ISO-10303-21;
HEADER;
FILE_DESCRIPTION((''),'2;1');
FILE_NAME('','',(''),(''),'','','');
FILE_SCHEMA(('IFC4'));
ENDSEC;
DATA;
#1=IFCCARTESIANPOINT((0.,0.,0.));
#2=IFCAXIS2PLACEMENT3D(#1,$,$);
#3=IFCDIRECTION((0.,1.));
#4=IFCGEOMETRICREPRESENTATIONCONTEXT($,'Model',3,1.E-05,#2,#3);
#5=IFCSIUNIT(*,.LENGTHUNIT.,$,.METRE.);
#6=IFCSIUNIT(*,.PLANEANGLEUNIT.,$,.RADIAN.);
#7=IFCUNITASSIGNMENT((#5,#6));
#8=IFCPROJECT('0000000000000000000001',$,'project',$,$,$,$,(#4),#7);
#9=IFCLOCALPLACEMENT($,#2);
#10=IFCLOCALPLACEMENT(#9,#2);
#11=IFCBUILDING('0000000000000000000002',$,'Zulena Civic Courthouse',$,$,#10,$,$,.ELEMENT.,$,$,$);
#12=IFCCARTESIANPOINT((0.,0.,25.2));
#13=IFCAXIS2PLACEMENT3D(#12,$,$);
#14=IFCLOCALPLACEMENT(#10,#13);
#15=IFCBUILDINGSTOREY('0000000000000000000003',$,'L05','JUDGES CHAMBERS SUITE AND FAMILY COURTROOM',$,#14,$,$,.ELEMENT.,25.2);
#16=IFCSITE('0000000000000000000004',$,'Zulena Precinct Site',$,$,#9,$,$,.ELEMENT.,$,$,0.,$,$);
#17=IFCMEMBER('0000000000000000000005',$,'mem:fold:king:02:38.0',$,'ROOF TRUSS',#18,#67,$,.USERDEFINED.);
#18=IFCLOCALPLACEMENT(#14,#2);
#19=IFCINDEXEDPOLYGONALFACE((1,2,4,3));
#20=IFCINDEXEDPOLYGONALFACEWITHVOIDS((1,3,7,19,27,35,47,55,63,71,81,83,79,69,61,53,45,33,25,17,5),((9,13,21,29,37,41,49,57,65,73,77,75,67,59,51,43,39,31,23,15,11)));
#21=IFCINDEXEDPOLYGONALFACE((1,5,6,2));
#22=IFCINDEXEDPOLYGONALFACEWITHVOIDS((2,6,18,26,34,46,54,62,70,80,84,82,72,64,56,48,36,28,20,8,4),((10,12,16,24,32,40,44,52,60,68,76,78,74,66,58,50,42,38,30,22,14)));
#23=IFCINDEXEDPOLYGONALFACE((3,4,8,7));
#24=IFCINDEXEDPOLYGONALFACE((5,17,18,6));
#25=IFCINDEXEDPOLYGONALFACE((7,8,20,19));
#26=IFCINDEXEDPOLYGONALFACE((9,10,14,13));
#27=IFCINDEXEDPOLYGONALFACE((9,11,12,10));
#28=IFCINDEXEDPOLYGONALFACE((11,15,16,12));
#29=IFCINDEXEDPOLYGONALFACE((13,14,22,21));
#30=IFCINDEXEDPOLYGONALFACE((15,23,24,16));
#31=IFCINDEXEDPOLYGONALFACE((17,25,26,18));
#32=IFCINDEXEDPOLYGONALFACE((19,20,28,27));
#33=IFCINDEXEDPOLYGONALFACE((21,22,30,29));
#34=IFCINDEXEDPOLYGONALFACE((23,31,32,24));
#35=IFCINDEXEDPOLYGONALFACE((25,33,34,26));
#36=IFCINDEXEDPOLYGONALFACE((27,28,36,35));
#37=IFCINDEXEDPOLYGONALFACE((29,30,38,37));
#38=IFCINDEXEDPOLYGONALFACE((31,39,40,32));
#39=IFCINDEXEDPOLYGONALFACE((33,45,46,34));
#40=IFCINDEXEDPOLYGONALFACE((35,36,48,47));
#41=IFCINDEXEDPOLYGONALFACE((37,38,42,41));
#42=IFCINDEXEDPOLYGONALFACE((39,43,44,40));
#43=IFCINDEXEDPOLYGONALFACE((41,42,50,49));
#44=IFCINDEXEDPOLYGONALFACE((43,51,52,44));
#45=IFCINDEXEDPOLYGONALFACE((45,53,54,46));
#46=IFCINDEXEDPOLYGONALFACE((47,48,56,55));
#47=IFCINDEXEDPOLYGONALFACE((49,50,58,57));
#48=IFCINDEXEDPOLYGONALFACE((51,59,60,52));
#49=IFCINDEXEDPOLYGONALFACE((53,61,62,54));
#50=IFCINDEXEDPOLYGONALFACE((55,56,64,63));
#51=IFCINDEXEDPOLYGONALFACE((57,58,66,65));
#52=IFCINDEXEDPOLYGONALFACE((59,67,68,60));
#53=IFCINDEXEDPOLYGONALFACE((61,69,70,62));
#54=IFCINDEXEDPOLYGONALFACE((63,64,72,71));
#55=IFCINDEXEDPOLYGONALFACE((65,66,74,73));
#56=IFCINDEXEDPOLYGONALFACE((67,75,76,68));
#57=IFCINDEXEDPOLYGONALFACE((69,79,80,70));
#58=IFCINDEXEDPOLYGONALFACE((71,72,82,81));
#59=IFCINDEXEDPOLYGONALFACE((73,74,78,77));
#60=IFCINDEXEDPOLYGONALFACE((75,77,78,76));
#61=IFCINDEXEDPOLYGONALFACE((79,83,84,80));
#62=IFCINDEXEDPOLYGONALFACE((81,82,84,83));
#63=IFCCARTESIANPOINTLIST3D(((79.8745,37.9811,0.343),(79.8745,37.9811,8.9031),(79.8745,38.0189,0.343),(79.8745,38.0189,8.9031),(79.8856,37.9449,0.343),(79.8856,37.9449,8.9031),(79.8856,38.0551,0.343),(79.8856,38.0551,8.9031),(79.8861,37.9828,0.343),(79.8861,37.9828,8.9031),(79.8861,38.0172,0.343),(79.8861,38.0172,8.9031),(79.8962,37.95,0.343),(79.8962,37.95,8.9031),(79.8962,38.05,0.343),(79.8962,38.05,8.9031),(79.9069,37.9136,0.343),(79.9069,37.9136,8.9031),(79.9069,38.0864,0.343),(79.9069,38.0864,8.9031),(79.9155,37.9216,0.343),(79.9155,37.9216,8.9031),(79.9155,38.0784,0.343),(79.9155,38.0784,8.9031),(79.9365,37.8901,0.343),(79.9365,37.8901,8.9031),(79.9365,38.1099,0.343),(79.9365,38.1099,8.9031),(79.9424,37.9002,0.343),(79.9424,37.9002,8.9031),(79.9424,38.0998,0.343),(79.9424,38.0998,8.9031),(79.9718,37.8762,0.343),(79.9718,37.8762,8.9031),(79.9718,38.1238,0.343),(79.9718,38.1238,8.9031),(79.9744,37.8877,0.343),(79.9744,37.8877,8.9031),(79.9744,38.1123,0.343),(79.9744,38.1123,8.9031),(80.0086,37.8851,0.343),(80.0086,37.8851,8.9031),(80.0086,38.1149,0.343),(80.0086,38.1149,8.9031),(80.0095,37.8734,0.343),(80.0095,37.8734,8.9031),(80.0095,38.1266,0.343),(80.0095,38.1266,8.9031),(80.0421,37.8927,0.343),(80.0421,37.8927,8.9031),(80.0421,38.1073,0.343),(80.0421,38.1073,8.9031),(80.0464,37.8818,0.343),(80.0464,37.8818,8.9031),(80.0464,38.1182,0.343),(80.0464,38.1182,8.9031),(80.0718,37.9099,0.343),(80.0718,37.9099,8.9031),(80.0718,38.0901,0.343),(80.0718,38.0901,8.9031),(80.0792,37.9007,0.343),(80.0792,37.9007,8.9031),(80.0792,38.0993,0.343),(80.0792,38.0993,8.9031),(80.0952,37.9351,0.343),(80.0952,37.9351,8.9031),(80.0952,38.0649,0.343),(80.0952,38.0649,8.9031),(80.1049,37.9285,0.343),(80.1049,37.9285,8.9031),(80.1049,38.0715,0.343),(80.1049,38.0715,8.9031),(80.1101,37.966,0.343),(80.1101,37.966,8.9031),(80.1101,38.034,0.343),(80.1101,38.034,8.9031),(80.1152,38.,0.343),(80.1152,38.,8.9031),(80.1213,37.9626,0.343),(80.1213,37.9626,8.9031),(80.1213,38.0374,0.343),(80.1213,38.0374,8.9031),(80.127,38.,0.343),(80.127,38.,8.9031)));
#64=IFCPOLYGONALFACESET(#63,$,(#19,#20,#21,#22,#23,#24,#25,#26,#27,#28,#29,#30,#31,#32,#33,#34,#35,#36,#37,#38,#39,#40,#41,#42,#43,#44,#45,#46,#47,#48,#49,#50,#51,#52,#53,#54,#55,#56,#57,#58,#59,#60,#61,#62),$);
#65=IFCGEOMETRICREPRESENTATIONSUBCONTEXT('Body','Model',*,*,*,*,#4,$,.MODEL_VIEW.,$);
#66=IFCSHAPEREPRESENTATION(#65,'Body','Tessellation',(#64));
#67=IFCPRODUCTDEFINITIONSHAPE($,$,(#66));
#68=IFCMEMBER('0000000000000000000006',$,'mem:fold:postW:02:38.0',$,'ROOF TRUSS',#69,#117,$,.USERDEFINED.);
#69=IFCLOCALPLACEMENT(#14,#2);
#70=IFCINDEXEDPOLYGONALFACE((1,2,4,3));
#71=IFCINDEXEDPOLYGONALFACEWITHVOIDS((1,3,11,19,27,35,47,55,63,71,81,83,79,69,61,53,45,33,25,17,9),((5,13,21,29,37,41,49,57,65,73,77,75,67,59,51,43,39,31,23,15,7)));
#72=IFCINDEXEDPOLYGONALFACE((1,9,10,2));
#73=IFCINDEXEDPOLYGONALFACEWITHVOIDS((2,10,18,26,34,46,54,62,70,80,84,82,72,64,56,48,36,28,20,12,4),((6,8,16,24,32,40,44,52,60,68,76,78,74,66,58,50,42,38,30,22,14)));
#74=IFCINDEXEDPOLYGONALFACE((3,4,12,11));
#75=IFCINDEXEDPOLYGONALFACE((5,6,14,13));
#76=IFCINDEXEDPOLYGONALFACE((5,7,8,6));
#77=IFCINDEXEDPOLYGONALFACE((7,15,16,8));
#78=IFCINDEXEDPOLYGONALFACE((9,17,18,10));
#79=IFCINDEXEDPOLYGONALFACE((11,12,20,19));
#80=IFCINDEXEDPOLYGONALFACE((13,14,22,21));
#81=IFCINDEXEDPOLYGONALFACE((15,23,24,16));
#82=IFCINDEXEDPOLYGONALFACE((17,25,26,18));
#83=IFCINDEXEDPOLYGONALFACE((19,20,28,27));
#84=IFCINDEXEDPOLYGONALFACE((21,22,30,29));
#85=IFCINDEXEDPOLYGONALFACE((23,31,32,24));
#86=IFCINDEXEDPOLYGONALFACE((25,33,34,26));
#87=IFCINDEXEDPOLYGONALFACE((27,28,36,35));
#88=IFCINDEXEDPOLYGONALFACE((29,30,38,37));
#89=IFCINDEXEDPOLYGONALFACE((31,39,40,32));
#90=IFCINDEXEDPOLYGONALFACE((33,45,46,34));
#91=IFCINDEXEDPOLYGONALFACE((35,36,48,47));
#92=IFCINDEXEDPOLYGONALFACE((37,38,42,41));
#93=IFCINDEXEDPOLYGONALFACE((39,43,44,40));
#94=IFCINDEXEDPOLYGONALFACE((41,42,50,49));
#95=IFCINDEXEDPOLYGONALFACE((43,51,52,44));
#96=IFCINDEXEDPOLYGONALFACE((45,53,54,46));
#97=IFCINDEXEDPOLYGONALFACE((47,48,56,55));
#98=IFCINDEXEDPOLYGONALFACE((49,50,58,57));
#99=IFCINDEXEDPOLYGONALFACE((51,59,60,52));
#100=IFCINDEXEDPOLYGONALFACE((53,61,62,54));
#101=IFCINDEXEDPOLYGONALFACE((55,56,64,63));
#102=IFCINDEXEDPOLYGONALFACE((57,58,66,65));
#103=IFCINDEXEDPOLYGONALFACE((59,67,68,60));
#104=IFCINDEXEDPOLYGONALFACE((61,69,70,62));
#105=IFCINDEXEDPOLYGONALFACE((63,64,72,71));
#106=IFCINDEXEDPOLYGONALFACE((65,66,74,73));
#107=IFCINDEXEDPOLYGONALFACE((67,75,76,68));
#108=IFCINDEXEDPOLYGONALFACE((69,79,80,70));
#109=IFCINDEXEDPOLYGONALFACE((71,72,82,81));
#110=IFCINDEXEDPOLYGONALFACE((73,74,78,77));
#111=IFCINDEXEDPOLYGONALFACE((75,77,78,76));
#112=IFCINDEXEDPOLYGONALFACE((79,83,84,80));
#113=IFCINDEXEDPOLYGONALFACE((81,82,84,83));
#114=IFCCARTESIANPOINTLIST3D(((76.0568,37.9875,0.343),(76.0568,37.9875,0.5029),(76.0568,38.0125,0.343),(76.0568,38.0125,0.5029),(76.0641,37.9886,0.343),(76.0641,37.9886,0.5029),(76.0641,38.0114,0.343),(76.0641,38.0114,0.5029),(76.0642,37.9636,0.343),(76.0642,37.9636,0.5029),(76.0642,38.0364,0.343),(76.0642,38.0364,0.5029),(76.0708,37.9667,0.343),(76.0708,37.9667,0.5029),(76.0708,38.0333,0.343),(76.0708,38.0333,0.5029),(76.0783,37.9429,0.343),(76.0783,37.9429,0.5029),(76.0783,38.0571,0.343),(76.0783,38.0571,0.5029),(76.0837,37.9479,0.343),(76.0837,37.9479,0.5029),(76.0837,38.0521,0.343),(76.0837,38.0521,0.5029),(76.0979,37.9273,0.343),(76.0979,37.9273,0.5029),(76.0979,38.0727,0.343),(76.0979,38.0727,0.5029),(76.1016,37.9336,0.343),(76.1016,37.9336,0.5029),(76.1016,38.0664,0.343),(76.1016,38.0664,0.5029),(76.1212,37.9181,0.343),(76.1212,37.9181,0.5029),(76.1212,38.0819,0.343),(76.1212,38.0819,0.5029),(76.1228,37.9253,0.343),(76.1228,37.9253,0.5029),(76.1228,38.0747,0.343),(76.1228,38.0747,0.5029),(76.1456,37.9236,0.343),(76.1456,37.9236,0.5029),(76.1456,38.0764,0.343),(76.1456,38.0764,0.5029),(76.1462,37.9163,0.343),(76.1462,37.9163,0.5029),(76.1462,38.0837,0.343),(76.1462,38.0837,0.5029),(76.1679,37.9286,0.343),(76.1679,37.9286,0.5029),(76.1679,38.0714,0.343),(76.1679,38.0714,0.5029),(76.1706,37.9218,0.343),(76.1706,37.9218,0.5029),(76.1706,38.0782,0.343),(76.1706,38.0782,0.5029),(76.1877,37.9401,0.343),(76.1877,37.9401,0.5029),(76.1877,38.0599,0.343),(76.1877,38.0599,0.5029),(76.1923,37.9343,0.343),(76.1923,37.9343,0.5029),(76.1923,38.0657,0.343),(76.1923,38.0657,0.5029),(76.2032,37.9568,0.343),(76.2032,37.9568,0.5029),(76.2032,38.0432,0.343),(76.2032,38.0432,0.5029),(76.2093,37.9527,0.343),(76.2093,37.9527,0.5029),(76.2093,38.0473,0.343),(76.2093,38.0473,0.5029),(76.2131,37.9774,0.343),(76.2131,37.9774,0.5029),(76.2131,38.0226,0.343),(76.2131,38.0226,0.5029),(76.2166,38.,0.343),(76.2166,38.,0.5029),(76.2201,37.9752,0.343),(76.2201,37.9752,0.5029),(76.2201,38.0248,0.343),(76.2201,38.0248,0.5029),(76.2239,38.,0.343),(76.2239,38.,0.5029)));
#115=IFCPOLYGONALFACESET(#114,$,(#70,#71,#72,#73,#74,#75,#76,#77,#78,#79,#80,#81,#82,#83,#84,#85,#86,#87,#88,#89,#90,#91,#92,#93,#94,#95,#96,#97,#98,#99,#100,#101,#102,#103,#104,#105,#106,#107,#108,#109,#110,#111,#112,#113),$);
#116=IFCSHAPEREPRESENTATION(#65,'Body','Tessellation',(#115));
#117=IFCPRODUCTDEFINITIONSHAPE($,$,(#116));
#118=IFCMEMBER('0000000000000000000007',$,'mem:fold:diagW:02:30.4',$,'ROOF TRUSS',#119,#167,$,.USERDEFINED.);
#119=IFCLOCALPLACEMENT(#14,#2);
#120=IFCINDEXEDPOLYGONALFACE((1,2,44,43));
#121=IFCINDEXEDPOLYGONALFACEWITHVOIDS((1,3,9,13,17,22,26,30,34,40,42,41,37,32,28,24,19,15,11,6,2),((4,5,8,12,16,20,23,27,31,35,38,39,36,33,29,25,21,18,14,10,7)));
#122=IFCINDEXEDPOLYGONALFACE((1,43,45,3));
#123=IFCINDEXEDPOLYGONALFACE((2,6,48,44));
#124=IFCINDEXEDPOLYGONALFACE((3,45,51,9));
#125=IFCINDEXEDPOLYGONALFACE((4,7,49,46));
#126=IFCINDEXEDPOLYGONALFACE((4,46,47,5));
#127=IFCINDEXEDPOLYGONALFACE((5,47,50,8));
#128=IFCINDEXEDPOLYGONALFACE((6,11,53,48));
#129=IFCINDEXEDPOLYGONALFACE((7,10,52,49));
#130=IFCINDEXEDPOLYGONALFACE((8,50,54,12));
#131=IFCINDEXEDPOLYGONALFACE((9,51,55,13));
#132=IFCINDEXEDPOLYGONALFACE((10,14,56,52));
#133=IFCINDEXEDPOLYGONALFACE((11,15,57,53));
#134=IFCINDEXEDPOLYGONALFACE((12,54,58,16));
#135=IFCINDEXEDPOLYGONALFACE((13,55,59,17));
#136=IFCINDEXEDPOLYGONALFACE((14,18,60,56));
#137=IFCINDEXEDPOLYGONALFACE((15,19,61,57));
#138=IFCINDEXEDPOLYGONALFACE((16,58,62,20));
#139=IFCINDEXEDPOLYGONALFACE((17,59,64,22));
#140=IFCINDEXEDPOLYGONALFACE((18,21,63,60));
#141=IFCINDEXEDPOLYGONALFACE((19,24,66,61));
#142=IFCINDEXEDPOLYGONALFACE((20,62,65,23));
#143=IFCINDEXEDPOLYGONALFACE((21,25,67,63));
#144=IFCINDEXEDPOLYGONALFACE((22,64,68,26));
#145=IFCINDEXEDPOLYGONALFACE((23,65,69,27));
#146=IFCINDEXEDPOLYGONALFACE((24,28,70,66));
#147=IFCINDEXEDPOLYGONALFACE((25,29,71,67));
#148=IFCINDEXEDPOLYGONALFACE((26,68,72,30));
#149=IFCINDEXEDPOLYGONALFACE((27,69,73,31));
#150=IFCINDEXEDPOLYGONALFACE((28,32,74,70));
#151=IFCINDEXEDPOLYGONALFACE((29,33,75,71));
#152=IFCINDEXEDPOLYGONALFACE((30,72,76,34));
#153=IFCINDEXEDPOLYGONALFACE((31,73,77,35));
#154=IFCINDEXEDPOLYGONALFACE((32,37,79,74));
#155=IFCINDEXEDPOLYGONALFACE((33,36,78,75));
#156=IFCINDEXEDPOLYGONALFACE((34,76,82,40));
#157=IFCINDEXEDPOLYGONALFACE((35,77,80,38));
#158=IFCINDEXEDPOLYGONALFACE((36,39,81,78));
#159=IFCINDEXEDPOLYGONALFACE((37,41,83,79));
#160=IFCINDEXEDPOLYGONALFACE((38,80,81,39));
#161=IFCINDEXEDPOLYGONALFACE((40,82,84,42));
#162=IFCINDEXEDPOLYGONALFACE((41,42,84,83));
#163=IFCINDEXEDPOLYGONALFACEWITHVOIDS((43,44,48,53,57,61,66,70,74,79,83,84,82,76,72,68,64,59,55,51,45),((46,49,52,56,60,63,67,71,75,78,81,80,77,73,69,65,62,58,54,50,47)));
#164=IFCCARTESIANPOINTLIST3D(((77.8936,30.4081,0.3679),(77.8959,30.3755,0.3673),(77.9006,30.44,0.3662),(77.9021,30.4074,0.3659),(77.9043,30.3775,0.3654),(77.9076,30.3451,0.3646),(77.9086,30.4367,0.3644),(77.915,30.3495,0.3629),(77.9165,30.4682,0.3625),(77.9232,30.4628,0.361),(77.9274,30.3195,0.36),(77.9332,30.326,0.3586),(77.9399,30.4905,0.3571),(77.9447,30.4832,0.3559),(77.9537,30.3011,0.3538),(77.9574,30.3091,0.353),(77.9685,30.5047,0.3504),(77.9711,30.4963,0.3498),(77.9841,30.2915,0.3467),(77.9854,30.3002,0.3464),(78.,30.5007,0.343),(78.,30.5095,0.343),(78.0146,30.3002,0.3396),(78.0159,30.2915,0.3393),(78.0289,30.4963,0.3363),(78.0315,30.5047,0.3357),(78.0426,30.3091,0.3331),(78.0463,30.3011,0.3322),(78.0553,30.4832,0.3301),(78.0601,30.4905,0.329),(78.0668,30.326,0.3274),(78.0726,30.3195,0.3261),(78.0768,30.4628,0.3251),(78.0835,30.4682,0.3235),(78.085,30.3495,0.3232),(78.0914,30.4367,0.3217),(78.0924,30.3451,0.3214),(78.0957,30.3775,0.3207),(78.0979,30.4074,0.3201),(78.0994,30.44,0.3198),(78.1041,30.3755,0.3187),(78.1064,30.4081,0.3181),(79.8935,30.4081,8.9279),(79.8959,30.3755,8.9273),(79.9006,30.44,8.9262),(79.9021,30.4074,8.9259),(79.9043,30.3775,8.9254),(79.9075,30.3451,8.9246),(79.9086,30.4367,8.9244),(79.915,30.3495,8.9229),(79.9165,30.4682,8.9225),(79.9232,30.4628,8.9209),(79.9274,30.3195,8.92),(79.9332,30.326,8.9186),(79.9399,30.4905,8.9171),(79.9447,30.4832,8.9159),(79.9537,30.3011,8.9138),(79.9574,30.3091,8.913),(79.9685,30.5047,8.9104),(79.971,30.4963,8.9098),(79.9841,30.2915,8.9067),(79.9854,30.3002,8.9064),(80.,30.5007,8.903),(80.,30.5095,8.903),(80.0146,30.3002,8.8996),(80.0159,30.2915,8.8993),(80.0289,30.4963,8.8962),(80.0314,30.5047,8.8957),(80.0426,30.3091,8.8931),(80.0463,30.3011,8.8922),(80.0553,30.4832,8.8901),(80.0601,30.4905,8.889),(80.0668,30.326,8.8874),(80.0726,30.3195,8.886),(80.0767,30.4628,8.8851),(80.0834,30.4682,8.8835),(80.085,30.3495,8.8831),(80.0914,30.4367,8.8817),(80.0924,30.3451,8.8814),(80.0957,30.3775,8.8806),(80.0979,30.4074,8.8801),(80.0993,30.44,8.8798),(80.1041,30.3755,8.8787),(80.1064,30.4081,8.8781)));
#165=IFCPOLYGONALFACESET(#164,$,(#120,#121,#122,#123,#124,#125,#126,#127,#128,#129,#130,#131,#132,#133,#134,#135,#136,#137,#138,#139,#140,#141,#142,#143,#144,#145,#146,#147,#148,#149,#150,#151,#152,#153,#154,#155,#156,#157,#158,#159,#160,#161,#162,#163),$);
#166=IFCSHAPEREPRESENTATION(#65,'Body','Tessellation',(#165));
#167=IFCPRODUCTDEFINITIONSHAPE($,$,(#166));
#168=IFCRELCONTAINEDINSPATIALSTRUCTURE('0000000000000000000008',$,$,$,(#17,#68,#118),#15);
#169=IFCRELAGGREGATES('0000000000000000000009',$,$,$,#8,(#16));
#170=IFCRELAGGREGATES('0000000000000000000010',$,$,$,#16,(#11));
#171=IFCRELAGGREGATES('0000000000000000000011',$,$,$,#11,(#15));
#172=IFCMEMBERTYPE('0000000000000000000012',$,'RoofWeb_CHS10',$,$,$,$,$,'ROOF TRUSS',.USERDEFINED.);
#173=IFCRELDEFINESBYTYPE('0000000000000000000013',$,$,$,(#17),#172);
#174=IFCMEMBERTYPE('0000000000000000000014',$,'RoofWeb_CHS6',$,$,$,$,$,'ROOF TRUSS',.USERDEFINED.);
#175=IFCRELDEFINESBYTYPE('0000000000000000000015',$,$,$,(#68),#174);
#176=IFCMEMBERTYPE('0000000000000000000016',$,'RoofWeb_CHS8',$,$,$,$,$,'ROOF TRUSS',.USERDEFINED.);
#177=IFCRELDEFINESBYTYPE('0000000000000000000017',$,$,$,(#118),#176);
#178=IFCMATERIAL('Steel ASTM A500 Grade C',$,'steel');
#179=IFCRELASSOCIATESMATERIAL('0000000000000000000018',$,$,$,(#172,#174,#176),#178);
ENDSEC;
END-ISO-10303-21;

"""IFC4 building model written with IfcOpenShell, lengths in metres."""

from ifc_helpers import new_model, si_unit, direction, frame, origin, origin_2d, place, context, subcontext, project, spatial, hollow_circle, extrude, material, material_profile, profile_set, type_object, element, save


model = new_model("IFC4")

# Units and contexts
model_context = context("Model", 3, precision=1e-05, world=origin(), true_north=direction((0.0, 1.0)))
body_context = subcontext(model_context, "Body", "Model", "MODEL_VIEW")
ifc_project = project(units=[si_unit("LENGTHUNIT", "METRE"), si_unit("PLANEANGLEUNIT", "RADIAN")], contexts=[model_context])

# Site, building, storey
site_placement = place(None, origin())
site = spatial("IfcSite", under=ifc_project, at=site_placement, Name="Zulena Precinct Site", CompositionType="ELEMENT", RefElevation=0.0)
building_placement = place(site_placement, origin())
building = spatial("IfcBuilding", under=site, at=building_placement, Name="Zulena Civic Courthouse", CompositionType="ELEMENT")
storey_placement = place(building_placement, frame((0.0, 0.0, 25.2)))
storey = spatial("IfcBuildingStorey", under=building, at=storey_placement, Name="L05", Description="JUDGES CHAMBERS SUITE AND FAMILY COURTROOM", CompositionType="ELEMENT", Elevation=25.2)

# Members
ifc_material_1 = material(Name="Steel ASTM A500 Grade C", Category="steel")
ifc_material_profile_1 = material_profile(ifc_material_1, hollow_circle(Radius=0.127, WallThickness=0.0117, at=origin_2d()), Name="HSS10.000X0.500")
ifc_profile_set_1 = profile_set([ifc_material_profile_1], Name="Steel ASTM A500 Grade C")
member_type_1 = type_object("IfcMemberType", Name="RoofWeb_CHS10", ElementType="ROOF TRUSS", PredefinedType="USERDEFINED", material=ifc_profile_set_1)
for number, where, z_axis, x_axis, name in (
    (1, (80.0, 38.0, 0.343), (0.0, 0.0, 1.0), (1.0, 0.0, 0.0), "mem:fold:king:02:38.0"),
):
    element("IfcMember", number, at=place(storey_placement, frame(where, z_axis=z_axis, x_axis=x_axis)), inside=storey, type_object=member_type_1, Name=name, ObjectType="ROOF TRUSS", PredefinedType="USERDEFINED", context=body_context, shape_type="SweptSolid", body=[
        extrude(hollow_circle(Radius=0.127, WallThickness=0.0117, at=origin_2d()), origin(), (0.0, 0.0, 1.0), 8.5601),
    ])
ifc_material_profile_2 = material_profile(ifc_material_1, hollow_circle(Radius=0.084, WallThickness=0.0073, at=origin_2d()), Name="HSS6.625X0.312")
ifc_profile_set_2 = profile_set([ifc_material_profile_2], Name="Steel ASTM A500 Grade C")
member_type_2 = type_object("IfcMemberType", Name="RoofWeb_CHS6", ElementType="ROOF TRUSS", PredefinedType="USERDEFINED", material=ifc_profile_set_2)
member_1_placement = place(storey_placement, frame((76.1399, 38.0, 0.343), z_axis=(0.0, 0.0, 1.0), x_axis=(1.0, 0.0, 0.0)))
element("IfcMember", 2, at=member_1_placement, inside=storey, type_object=member_type_2, Name="mem:fold:postW:02:38.0", ObjectType="ROOF TRUSS", PredefinedType="USERDEFINED", context=body_context, shape_type="SweptSolid", body=[
    extrude(hollow_circle(Radius=0.084, WallThickness=0.0073, at=origin_2d()), origin(), (0.0, 0.0, 1.0), 0.1599),
])
ifc_material_profile_3 = material_profile(ifc_material_1, hollow_circle(Radius=0.1096, WallThickness=0.0088, at=origin_2d()), Name="HSS8.625X0.375")
ifc_profile_set_3 = profile_set([ifc_material_profile_3], Name="Steel ASTM A500 Grade C")
member_type_3 = type_object("IfcMemberType", Name="RoofWeb_CHS8", ElementType="ROOF TRUSS", PredefinedType="USERDEFINED", material=ifc_profile_set_3)
for number, where, z_axis, x_axis, name in (
    (3, (78.0, 30.3999, 0.343), (0.227516, 0.0, 0.973774), (0.0, 1.0, 0.0), "mem:fold:diagW:02:30.4"),
):
    element("IfcMember", number, at=place(storey_placement, frame(where, z_axis=z_axis, x_axis=x_axis)), inside=storey, type_object=member_type_3, Name=name, ObjectType="ROOF TRUSS", PredefinedType="USERDEFINED", context=body_context, shape_type="SweptSolid", body=[
        extrude(hollow_circle(Radius=0.1096, WallThickness=0.0088, at=origin_2d()), origin(), (0.0, 0.0, 1.0), 8.7905),
    ])

save(model, "model.ifc")
